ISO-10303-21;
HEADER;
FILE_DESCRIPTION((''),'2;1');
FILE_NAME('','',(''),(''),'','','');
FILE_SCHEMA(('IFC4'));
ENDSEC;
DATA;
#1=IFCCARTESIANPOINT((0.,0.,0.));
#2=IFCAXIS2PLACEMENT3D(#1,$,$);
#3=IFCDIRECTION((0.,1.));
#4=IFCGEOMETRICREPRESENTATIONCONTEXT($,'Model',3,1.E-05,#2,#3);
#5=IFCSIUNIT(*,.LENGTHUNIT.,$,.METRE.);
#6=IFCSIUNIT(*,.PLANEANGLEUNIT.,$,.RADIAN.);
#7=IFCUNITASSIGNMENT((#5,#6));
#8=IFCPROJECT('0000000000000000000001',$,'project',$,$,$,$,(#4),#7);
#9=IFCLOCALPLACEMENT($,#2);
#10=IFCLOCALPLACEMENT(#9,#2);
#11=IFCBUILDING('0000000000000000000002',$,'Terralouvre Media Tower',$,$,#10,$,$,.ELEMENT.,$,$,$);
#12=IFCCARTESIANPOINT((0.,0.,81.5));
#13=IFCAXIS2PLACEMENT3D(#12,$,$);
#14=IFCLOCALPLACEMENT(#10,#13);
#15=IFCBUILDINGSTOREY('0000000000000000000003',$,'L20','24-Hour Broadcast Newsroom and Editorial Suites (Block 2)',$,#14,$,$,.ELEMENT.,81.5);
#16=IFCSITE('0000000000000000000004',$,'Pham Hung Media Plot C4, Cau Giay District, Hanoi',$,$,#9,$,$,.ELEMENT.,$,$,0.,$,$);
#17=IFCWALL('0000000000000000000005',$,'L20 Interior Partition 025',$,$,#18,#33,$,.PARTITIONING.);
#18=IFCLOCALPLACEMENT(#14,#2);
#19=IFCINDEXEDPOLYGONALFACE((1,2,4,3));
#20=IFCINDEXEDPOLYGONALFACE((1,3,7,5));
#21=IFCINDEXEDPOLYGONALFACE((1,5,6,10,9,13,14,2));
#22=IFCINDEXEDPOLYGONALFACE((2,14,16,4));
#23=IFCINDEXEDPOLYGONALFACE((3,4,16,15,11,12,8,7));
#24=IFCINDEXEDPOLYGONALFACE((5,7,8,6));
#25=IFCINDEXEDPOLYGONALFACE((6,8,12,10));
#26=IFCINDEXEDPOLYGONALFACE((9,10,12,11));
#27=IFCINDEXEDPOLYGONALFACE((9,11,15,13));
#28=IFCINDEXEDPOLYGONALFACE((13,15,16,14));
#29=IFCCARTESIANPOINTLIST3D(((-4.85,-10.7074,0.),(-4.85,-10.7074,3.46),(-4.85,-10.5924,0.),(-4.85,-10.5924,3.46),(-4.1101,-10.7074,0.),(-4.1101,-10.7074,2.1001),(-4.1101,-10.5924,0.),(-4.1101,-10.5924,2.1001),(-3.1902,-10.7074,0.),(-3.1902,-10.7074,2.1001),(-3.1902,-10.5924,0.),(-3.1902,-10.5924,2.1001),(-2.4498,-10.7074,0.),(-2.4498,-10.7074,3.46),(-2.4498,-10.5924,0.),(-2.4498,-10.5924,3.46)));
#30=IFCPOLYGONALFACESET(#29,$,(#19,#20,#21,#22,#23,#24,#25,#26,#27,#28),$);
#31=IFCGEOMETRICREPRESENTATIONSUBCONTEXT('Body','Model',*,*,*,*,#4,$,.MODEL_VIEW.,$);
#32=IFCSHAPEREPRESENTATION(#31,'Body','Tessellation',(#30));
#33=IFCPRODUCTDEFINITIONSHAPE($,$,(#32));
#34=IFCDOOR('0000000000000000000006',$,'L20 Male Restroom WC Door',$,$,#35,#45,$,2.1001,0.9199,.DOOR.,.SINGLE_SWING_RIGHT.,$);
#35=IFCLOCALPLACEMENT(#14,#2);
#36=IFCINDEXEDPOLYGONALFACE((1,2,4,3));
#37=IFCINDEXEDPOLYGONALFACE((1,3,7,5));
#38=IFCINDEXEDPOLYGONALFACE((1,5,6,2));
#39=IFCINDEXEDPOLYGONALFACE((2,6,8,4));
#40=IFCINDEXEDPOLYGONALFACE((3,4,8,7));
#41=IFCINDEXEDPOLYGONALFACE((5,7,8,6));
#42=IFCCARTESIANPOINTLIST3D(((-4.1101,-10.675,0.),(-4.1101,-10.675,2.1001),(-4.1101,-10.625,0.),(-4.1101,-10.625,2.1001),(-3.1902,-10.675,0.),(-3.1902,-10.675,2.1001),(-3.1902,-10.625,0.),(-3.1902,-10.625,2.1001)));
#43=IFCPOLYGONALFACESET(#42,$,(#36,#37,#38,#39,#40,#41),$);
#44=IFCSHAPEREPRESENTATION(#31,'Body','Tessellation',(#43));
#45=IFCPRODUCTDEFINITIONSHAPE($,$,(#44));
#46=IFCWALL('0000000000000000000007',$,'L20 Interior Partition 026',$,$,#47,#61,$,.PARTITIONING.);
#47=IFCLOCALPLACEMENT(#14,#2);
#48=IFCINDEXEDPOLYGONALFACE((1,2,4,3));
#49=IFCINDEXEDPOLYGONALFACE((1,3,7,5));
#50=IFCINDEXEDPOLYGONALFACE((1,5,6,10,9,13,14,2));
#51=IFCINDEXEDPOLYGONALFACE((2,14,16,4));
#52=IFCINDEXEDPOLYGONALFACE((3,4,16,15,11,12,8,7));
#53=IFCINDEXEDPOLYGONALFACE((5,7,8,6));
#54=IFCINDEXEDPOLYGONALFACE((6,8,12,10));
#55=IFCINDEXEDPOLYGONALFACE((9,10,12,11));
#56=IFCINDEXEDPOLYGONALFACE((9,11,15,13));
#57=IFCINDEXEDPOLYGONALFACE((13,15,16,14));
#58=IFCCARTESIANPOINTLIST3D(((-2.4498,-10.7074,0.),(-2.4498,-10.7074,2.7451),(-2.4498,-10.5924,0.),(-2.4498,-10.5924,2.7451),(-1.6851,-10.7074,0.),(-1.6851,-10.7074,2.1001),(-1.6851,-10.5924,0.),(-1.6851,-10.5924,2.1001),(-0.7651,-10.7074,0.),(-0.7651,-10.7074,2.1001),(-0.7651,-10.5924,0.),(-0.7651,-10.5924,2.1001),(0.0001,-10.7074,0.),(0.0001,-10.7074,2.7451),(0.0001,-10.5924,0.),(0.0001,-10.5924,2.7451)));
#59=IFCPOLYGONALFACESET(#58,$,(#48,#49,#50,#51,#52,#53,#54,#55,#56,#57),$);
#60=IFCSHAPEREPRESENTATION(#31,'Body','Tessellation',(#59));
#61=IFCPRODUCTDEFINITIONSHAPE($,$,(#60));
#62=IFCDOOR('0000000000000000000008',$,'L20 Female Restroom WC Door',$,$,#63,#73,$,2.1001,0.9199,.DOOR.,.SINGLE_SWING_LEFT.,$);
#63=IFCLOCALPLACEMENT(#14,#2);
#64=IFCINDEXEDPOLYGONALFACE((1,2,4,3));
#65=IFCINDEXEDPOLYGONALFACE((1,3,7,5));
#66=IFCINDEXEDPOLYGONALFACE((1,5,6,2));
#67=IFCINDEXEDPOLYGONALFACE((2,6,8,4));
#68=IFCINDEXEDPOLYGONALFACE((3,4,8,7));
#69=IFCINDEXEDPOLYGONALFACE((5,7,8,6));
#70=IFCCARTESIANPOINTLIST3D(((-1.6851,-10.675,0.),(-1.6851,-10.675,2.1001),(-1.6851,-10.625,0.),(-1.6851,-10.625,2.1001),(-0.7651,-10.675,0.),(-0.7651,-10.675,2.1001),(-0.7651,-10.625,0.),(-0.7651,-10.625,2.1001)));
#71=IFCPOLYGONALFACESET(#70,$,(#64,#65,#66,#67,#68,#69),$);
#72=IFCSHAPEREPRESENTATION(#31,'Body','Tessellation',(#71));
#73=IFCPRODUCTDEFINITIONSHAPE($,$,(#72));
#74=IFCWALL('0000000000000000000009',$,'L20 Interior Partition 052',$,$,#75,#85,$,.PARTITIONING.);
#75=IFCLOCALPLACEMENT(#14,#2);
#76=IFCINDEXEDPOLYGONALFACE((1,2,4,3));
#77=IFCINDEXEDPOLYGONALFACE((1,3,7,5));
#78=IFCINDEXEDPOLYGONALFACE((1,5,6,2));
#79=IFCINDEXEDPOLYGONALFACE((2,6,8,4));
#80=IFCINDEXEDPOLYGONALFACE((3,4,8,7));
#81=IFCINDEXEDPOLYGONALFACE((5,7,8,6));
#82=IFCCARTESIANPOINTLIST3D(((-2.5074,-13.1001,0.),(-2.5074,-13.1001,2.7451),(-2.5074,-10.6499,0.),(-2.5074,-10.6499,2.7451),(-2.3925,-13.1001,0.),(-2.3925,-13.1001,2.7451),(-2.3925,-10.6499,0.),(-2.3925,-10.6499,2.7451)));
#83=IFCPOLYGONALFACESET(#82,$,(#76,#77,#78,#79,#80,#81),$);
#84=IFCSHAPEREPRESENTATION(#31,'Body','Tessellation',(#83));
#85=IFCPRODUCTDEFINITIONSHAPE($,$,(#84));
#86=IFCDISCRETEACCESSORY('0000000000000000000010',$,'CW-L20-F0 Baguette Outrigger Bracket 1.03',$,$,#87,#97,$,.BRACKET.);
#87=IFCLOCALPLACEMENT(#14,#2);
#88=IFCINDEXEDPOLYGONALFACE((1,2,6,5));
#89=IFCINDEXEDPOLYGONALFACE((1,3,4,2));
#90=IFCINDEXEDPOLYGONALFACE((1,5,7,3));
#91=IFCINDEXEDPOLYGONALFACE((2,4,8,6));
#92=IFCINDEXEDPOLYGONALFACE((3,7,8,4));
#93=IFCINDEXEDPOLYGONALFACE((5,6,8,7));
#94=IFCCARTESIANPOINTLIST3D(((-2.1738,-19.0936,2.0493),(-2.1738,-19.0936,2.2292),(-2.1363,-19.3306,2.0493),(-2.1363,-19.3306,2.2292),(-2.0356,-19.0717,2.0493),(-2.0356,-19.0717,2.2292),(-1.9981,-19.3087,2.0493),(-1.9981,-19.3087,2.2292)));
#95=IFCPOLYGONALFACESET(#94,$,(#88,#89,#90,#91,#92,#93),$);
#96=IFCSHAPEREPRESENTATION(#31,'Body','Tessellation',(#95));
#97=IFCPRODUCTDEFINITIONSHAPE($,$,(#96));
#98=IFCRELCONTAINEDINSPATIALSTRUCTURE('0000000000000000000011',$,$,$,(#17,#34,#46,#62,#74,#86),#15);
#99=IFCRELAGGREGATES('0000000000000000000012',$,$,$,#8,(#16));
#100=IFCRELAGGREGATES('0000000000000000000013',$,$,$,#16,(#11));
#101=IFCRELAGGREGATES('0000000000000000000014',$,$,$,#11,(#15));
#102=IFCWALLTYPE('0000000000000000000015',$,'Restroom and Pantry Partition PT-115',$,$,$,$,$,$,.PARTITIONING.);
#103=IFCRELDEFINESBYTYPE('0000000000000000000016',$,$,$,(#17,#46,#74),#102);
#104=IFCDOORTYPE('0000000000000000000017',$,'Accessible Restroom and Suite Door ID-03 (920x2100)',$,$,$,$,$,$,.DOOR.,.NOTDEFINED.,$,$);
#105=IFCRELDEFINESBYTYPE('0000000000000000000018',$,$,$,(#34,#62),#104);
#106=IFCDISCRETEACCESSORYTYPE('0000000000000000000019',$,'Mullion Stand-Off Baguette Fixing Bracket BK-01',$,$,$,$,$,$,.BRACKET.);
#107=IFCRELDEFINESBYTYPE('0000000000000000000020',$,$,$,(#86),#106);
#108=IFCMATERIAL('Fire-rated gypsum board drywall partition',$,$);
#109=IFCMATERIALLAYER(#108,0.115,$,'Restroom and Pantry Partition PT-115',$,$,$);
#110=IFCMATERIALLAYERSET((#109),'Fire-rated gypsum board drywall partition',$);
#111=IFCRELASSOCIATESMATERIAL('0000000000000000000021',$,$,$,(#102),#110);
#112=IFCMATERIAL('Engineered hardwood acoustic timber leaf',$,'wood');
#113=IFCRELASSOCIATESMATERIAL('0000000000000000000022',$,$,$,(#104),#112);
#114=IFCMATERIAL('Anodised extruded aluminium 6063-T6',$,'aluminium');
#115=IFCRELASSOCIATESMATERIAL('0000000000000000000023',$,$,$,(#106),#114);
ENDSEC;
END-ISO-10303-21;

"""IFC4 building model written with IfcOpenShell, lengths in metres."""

from ifc_helpers import new_model, si_unit, direction, frame, frame_2d, origin, origin_2d, place, context, subcontext, project, spatial, rectangle, extrude, material, layer, layer_set, type_object, element, fill, save


model = new_model("IFC4")

# Units and contexts
model_context = context("Model", 3, precision=1e-05, world=origin(), true_north=direction((0.0, 1.0)))
body_context = subcontext(model_context, "Body", "Model", "MODEL_VIEW")
ifc_project = project(units=[si_unit("LENGTHUNIT", "METRE"), si_unit("PLANEANGLEUNIT", "RADIAN")], contexts=[model_context])

# Site, building, storey
site_placement = place(None, origin())
site = spatial("IfcSite", under=ifc_project, at=site_placement, Name="Pham Hung Media Plot C4, Cau Giay District, Hanoi", CompositionType="ELEMENT", RefElevation=0.0)
building_placement = place(site_placement, origin())
building = spatial("IfcBuilding", under=site, at=building_placement, Name="Terralouvre Media Tower", CompositionType="ELEMENT")
storey_placement = place(building_placement, frame((0.0, 0.0, 81.5)))
storey = spatial("IfcBuildingStorey", under=building, at=storey_placement, Name="L20", Description="24-Hour Broadcast Newsroom and Editorial Suites (Block 2)", CompositionType="ELEMENT", Elevation=81.5)

# Walls, openings, doors
ifc_material_1 = material(Name="Fire-rated gypsum board drywall partition")
ifc_layer_1 = layer(ifc_material_1, 0.115, Name="Restroom and Pantry Partition PT-115")
ifc_layer_set_1 = layer_set([ifc_layer_1], Name="Fire-rated gypsum board drywall partition")
wall_type_1 = type_object("IfcWallType", Name="Restroom and Pantry Partition PT-115", PredefinedType="PARTITIONING", material=ifc_layer_set_1)
wall_1_placement = place(storey_placement, frame((-4.8501, -10.6499, 0.0), z_axis=(0.0, 0.0, 1.0), x_axis=(1.0, 0.0, 0.0)))
wall_1 = element("IfcWall", 1, at=wall_1_placement, inside=storey, type_object=wall_type_1, Name="L20 Interior Partition 025", PredefinedType="PARTITIONING", context=body_context, shape_type="SweptSolid", body=[
    extrude(rectangle(XDim=2.4001, YDim=0.115, at=frame_2d((1.2002, 0.0))), origin(), (0.0, 0.0, 1.0), 3.46),
])
opening_1_placement = place(wall_1_placement, frame((0.74, 0.0, 0.0)))
opening_1 = element("IfcOpeningElement", 2, at=opening_1_placement, cuts=wall_1, PredefinedType="OPENING", context=body_context, shape_type="SweptSolid", body=[
    extrude(rectangle(XDim=0.9199, YDim=2.1001, at=frame_2d((0.46, 1.05))), frame((0.0, 0.0674, 0.0), z_axis=(0.0, -1.0, 0.0), x_axis=(1.0, 0.0, 0.0)), (0.0, 0.0, 1.0), 0.135),
])
ifc_material_2 = material(Name="Engineered hardwood acoustic timber leaf", Category="wood")
door_type_1 = type_object("IfcDoorType", Name="Accessible Restroom and Suite Door ID-03 (920x2100)", OperationType="NOTDEFINED", PredefinedType="DOOR", material=ifc_material_2)
door_1_placement = place(opening_1_placement, origin())
door_1 = element("IfcDoor", 3, at=door_1_placement, inside=storey, type_object=door_type_1, Name="L20 Male Restroom WC Door", OperationType="SINGLE_SWING_RIGHT", OverallHeight=2.1001, OverallWidth=0.9199, PredefinedType="DOOR", context=body_context, shape_type="SweptSolid", body=[
    extrude(rectangle(XDim=0.9199, YDim=2.1001, at=frame_2d((0.46, 1.05))), frame((0.0, 0.0249, 0.0), z_axis=(0.0, -1.0, 0.0), x_axis=(1.0, 0.0, 0.0)), (0.0, 0.0, 1.0), 0.05),
])
fill(opening_1, door_1)
wall_2_placement = place(storey_placement, frame((-2.45, -10.6499, 0.0), z_axis=(0.0, 0.0, 1.0), x_axis=(1.0, 0.0, 0.0)))
wall_2 = element("IfcWall", 4, at=wall_2_placement, inside=storey, type_object=wall_type_1, Name="L20 Interior Partition 026", PredefinedType="PARTITIONING", context=body_context, shape_type="SweptSolid", body=[
    extrude(rectangle(XDim=2.45, YDim=0.115, at=frame_2d((1.2251, 0.0))), origin(), (0.0, 0.0, 1.0), 2.7451),
])
opening_2_placement = place(wall_2_placement, frame((0.7649, 0.0, 0.0)))
opening_2 = element("IfcOpeningElement", 5, at=opening_2_placement, cuts=wall_2, PredefinedType="OPENING", context=body_context, shape_type="SweptSolid", body=[
    extrude(rectangle(XDim=0.9199, YDim=2.1001, at=frame_2d((0.46, 1.05))), frame((0.0, 0.0674, 0.0), z_axis=(0.0, -1.0, 0.0), x_axis=(1.0, 0.0, 0.0)), (0.0, 0.0, 1.0), 0.135),
])
door_2_placement = place(opening_2_placement, origin())
door_2 = element("IfcDoor", 6, at=door_2_placement, inside=storey, type_object=door_type_1, Name="L20 Female Restroom WC Door", OperationType="SINGLE_SWING_LEFT", OverallHeight=2.1001, OverallWidth=0.9199, PredefinedType="DOOR", context=body_context, shape_type="SweptSolid", body=[
    extrude(rectangle(XDim=0.9199, YDim=2.1001, at=frame_2d((0.46, 1.05))), frame((0.0, 0.0249, 0.0), z_axis=(0.0, -1.0, 0.0), x_axis=(1.0, 0.0, 0.0)), (0.0, 0.0, 1.0), 0.05),
])
fill(opening_2, door_2)

# Wall
wall_3_placement = place(storey_placement, frame((-2.45, -13.1001, 0.0), z_axis=(0.0, 0.0, 1.0), x_axis=(0.0, 1.0, 0.0)))
element("IfcWall", 7, at=wall_3_placement, inside=storey, type_object=wall_type_1, Name="L20 Interior Partition 052", PredefinedType="PARTITIONING", context=body_context, shape_type="SweptSolid", body=[
    extrude(rectangle(XDim=2.4502, YDim=0.115, at=frame_2d((1.2251, 0.0))), origin(), (0.0, 0.0, 1.0), 2.7451),
])

# Discrete accessory
ifc_material_3 = material(Name="Anodised extruded aluminium 6063-T6", Category="aluminium")
discrete_accessory_type = type_object("IfcDiscreteAccessoryType", Name="Mullion Stand-Off Baguette Fixing Bracket BK-01", PredefinedType="BRACKET", material=ifc_material_3)
discrete_accessory_placement = place(storey_placement, frame((-2.0859, -19.2012, 2.0493), z_axis=(0.0, 0.0, 1.0), x_axis=(0.987688, 0.156434, 0.0)))
element("IfcDiscreteAccessory", 8, at=discrete_accessory_placement, inside=storey, type_object=discrete_accessory_type, Name="CW-L20-F0 Baguette Outrigger Bracket 1.03", PredefinedType="BRACKET", context=body_context, shape_type="SweptSolid", body=[
    extrude(rectangle(XDim=0.1399, YDim=0.24, at=origin_2d()), origin(), (0.0, 0.0, 1.0), 0.1799),
])

save(model, "model.ifc")
